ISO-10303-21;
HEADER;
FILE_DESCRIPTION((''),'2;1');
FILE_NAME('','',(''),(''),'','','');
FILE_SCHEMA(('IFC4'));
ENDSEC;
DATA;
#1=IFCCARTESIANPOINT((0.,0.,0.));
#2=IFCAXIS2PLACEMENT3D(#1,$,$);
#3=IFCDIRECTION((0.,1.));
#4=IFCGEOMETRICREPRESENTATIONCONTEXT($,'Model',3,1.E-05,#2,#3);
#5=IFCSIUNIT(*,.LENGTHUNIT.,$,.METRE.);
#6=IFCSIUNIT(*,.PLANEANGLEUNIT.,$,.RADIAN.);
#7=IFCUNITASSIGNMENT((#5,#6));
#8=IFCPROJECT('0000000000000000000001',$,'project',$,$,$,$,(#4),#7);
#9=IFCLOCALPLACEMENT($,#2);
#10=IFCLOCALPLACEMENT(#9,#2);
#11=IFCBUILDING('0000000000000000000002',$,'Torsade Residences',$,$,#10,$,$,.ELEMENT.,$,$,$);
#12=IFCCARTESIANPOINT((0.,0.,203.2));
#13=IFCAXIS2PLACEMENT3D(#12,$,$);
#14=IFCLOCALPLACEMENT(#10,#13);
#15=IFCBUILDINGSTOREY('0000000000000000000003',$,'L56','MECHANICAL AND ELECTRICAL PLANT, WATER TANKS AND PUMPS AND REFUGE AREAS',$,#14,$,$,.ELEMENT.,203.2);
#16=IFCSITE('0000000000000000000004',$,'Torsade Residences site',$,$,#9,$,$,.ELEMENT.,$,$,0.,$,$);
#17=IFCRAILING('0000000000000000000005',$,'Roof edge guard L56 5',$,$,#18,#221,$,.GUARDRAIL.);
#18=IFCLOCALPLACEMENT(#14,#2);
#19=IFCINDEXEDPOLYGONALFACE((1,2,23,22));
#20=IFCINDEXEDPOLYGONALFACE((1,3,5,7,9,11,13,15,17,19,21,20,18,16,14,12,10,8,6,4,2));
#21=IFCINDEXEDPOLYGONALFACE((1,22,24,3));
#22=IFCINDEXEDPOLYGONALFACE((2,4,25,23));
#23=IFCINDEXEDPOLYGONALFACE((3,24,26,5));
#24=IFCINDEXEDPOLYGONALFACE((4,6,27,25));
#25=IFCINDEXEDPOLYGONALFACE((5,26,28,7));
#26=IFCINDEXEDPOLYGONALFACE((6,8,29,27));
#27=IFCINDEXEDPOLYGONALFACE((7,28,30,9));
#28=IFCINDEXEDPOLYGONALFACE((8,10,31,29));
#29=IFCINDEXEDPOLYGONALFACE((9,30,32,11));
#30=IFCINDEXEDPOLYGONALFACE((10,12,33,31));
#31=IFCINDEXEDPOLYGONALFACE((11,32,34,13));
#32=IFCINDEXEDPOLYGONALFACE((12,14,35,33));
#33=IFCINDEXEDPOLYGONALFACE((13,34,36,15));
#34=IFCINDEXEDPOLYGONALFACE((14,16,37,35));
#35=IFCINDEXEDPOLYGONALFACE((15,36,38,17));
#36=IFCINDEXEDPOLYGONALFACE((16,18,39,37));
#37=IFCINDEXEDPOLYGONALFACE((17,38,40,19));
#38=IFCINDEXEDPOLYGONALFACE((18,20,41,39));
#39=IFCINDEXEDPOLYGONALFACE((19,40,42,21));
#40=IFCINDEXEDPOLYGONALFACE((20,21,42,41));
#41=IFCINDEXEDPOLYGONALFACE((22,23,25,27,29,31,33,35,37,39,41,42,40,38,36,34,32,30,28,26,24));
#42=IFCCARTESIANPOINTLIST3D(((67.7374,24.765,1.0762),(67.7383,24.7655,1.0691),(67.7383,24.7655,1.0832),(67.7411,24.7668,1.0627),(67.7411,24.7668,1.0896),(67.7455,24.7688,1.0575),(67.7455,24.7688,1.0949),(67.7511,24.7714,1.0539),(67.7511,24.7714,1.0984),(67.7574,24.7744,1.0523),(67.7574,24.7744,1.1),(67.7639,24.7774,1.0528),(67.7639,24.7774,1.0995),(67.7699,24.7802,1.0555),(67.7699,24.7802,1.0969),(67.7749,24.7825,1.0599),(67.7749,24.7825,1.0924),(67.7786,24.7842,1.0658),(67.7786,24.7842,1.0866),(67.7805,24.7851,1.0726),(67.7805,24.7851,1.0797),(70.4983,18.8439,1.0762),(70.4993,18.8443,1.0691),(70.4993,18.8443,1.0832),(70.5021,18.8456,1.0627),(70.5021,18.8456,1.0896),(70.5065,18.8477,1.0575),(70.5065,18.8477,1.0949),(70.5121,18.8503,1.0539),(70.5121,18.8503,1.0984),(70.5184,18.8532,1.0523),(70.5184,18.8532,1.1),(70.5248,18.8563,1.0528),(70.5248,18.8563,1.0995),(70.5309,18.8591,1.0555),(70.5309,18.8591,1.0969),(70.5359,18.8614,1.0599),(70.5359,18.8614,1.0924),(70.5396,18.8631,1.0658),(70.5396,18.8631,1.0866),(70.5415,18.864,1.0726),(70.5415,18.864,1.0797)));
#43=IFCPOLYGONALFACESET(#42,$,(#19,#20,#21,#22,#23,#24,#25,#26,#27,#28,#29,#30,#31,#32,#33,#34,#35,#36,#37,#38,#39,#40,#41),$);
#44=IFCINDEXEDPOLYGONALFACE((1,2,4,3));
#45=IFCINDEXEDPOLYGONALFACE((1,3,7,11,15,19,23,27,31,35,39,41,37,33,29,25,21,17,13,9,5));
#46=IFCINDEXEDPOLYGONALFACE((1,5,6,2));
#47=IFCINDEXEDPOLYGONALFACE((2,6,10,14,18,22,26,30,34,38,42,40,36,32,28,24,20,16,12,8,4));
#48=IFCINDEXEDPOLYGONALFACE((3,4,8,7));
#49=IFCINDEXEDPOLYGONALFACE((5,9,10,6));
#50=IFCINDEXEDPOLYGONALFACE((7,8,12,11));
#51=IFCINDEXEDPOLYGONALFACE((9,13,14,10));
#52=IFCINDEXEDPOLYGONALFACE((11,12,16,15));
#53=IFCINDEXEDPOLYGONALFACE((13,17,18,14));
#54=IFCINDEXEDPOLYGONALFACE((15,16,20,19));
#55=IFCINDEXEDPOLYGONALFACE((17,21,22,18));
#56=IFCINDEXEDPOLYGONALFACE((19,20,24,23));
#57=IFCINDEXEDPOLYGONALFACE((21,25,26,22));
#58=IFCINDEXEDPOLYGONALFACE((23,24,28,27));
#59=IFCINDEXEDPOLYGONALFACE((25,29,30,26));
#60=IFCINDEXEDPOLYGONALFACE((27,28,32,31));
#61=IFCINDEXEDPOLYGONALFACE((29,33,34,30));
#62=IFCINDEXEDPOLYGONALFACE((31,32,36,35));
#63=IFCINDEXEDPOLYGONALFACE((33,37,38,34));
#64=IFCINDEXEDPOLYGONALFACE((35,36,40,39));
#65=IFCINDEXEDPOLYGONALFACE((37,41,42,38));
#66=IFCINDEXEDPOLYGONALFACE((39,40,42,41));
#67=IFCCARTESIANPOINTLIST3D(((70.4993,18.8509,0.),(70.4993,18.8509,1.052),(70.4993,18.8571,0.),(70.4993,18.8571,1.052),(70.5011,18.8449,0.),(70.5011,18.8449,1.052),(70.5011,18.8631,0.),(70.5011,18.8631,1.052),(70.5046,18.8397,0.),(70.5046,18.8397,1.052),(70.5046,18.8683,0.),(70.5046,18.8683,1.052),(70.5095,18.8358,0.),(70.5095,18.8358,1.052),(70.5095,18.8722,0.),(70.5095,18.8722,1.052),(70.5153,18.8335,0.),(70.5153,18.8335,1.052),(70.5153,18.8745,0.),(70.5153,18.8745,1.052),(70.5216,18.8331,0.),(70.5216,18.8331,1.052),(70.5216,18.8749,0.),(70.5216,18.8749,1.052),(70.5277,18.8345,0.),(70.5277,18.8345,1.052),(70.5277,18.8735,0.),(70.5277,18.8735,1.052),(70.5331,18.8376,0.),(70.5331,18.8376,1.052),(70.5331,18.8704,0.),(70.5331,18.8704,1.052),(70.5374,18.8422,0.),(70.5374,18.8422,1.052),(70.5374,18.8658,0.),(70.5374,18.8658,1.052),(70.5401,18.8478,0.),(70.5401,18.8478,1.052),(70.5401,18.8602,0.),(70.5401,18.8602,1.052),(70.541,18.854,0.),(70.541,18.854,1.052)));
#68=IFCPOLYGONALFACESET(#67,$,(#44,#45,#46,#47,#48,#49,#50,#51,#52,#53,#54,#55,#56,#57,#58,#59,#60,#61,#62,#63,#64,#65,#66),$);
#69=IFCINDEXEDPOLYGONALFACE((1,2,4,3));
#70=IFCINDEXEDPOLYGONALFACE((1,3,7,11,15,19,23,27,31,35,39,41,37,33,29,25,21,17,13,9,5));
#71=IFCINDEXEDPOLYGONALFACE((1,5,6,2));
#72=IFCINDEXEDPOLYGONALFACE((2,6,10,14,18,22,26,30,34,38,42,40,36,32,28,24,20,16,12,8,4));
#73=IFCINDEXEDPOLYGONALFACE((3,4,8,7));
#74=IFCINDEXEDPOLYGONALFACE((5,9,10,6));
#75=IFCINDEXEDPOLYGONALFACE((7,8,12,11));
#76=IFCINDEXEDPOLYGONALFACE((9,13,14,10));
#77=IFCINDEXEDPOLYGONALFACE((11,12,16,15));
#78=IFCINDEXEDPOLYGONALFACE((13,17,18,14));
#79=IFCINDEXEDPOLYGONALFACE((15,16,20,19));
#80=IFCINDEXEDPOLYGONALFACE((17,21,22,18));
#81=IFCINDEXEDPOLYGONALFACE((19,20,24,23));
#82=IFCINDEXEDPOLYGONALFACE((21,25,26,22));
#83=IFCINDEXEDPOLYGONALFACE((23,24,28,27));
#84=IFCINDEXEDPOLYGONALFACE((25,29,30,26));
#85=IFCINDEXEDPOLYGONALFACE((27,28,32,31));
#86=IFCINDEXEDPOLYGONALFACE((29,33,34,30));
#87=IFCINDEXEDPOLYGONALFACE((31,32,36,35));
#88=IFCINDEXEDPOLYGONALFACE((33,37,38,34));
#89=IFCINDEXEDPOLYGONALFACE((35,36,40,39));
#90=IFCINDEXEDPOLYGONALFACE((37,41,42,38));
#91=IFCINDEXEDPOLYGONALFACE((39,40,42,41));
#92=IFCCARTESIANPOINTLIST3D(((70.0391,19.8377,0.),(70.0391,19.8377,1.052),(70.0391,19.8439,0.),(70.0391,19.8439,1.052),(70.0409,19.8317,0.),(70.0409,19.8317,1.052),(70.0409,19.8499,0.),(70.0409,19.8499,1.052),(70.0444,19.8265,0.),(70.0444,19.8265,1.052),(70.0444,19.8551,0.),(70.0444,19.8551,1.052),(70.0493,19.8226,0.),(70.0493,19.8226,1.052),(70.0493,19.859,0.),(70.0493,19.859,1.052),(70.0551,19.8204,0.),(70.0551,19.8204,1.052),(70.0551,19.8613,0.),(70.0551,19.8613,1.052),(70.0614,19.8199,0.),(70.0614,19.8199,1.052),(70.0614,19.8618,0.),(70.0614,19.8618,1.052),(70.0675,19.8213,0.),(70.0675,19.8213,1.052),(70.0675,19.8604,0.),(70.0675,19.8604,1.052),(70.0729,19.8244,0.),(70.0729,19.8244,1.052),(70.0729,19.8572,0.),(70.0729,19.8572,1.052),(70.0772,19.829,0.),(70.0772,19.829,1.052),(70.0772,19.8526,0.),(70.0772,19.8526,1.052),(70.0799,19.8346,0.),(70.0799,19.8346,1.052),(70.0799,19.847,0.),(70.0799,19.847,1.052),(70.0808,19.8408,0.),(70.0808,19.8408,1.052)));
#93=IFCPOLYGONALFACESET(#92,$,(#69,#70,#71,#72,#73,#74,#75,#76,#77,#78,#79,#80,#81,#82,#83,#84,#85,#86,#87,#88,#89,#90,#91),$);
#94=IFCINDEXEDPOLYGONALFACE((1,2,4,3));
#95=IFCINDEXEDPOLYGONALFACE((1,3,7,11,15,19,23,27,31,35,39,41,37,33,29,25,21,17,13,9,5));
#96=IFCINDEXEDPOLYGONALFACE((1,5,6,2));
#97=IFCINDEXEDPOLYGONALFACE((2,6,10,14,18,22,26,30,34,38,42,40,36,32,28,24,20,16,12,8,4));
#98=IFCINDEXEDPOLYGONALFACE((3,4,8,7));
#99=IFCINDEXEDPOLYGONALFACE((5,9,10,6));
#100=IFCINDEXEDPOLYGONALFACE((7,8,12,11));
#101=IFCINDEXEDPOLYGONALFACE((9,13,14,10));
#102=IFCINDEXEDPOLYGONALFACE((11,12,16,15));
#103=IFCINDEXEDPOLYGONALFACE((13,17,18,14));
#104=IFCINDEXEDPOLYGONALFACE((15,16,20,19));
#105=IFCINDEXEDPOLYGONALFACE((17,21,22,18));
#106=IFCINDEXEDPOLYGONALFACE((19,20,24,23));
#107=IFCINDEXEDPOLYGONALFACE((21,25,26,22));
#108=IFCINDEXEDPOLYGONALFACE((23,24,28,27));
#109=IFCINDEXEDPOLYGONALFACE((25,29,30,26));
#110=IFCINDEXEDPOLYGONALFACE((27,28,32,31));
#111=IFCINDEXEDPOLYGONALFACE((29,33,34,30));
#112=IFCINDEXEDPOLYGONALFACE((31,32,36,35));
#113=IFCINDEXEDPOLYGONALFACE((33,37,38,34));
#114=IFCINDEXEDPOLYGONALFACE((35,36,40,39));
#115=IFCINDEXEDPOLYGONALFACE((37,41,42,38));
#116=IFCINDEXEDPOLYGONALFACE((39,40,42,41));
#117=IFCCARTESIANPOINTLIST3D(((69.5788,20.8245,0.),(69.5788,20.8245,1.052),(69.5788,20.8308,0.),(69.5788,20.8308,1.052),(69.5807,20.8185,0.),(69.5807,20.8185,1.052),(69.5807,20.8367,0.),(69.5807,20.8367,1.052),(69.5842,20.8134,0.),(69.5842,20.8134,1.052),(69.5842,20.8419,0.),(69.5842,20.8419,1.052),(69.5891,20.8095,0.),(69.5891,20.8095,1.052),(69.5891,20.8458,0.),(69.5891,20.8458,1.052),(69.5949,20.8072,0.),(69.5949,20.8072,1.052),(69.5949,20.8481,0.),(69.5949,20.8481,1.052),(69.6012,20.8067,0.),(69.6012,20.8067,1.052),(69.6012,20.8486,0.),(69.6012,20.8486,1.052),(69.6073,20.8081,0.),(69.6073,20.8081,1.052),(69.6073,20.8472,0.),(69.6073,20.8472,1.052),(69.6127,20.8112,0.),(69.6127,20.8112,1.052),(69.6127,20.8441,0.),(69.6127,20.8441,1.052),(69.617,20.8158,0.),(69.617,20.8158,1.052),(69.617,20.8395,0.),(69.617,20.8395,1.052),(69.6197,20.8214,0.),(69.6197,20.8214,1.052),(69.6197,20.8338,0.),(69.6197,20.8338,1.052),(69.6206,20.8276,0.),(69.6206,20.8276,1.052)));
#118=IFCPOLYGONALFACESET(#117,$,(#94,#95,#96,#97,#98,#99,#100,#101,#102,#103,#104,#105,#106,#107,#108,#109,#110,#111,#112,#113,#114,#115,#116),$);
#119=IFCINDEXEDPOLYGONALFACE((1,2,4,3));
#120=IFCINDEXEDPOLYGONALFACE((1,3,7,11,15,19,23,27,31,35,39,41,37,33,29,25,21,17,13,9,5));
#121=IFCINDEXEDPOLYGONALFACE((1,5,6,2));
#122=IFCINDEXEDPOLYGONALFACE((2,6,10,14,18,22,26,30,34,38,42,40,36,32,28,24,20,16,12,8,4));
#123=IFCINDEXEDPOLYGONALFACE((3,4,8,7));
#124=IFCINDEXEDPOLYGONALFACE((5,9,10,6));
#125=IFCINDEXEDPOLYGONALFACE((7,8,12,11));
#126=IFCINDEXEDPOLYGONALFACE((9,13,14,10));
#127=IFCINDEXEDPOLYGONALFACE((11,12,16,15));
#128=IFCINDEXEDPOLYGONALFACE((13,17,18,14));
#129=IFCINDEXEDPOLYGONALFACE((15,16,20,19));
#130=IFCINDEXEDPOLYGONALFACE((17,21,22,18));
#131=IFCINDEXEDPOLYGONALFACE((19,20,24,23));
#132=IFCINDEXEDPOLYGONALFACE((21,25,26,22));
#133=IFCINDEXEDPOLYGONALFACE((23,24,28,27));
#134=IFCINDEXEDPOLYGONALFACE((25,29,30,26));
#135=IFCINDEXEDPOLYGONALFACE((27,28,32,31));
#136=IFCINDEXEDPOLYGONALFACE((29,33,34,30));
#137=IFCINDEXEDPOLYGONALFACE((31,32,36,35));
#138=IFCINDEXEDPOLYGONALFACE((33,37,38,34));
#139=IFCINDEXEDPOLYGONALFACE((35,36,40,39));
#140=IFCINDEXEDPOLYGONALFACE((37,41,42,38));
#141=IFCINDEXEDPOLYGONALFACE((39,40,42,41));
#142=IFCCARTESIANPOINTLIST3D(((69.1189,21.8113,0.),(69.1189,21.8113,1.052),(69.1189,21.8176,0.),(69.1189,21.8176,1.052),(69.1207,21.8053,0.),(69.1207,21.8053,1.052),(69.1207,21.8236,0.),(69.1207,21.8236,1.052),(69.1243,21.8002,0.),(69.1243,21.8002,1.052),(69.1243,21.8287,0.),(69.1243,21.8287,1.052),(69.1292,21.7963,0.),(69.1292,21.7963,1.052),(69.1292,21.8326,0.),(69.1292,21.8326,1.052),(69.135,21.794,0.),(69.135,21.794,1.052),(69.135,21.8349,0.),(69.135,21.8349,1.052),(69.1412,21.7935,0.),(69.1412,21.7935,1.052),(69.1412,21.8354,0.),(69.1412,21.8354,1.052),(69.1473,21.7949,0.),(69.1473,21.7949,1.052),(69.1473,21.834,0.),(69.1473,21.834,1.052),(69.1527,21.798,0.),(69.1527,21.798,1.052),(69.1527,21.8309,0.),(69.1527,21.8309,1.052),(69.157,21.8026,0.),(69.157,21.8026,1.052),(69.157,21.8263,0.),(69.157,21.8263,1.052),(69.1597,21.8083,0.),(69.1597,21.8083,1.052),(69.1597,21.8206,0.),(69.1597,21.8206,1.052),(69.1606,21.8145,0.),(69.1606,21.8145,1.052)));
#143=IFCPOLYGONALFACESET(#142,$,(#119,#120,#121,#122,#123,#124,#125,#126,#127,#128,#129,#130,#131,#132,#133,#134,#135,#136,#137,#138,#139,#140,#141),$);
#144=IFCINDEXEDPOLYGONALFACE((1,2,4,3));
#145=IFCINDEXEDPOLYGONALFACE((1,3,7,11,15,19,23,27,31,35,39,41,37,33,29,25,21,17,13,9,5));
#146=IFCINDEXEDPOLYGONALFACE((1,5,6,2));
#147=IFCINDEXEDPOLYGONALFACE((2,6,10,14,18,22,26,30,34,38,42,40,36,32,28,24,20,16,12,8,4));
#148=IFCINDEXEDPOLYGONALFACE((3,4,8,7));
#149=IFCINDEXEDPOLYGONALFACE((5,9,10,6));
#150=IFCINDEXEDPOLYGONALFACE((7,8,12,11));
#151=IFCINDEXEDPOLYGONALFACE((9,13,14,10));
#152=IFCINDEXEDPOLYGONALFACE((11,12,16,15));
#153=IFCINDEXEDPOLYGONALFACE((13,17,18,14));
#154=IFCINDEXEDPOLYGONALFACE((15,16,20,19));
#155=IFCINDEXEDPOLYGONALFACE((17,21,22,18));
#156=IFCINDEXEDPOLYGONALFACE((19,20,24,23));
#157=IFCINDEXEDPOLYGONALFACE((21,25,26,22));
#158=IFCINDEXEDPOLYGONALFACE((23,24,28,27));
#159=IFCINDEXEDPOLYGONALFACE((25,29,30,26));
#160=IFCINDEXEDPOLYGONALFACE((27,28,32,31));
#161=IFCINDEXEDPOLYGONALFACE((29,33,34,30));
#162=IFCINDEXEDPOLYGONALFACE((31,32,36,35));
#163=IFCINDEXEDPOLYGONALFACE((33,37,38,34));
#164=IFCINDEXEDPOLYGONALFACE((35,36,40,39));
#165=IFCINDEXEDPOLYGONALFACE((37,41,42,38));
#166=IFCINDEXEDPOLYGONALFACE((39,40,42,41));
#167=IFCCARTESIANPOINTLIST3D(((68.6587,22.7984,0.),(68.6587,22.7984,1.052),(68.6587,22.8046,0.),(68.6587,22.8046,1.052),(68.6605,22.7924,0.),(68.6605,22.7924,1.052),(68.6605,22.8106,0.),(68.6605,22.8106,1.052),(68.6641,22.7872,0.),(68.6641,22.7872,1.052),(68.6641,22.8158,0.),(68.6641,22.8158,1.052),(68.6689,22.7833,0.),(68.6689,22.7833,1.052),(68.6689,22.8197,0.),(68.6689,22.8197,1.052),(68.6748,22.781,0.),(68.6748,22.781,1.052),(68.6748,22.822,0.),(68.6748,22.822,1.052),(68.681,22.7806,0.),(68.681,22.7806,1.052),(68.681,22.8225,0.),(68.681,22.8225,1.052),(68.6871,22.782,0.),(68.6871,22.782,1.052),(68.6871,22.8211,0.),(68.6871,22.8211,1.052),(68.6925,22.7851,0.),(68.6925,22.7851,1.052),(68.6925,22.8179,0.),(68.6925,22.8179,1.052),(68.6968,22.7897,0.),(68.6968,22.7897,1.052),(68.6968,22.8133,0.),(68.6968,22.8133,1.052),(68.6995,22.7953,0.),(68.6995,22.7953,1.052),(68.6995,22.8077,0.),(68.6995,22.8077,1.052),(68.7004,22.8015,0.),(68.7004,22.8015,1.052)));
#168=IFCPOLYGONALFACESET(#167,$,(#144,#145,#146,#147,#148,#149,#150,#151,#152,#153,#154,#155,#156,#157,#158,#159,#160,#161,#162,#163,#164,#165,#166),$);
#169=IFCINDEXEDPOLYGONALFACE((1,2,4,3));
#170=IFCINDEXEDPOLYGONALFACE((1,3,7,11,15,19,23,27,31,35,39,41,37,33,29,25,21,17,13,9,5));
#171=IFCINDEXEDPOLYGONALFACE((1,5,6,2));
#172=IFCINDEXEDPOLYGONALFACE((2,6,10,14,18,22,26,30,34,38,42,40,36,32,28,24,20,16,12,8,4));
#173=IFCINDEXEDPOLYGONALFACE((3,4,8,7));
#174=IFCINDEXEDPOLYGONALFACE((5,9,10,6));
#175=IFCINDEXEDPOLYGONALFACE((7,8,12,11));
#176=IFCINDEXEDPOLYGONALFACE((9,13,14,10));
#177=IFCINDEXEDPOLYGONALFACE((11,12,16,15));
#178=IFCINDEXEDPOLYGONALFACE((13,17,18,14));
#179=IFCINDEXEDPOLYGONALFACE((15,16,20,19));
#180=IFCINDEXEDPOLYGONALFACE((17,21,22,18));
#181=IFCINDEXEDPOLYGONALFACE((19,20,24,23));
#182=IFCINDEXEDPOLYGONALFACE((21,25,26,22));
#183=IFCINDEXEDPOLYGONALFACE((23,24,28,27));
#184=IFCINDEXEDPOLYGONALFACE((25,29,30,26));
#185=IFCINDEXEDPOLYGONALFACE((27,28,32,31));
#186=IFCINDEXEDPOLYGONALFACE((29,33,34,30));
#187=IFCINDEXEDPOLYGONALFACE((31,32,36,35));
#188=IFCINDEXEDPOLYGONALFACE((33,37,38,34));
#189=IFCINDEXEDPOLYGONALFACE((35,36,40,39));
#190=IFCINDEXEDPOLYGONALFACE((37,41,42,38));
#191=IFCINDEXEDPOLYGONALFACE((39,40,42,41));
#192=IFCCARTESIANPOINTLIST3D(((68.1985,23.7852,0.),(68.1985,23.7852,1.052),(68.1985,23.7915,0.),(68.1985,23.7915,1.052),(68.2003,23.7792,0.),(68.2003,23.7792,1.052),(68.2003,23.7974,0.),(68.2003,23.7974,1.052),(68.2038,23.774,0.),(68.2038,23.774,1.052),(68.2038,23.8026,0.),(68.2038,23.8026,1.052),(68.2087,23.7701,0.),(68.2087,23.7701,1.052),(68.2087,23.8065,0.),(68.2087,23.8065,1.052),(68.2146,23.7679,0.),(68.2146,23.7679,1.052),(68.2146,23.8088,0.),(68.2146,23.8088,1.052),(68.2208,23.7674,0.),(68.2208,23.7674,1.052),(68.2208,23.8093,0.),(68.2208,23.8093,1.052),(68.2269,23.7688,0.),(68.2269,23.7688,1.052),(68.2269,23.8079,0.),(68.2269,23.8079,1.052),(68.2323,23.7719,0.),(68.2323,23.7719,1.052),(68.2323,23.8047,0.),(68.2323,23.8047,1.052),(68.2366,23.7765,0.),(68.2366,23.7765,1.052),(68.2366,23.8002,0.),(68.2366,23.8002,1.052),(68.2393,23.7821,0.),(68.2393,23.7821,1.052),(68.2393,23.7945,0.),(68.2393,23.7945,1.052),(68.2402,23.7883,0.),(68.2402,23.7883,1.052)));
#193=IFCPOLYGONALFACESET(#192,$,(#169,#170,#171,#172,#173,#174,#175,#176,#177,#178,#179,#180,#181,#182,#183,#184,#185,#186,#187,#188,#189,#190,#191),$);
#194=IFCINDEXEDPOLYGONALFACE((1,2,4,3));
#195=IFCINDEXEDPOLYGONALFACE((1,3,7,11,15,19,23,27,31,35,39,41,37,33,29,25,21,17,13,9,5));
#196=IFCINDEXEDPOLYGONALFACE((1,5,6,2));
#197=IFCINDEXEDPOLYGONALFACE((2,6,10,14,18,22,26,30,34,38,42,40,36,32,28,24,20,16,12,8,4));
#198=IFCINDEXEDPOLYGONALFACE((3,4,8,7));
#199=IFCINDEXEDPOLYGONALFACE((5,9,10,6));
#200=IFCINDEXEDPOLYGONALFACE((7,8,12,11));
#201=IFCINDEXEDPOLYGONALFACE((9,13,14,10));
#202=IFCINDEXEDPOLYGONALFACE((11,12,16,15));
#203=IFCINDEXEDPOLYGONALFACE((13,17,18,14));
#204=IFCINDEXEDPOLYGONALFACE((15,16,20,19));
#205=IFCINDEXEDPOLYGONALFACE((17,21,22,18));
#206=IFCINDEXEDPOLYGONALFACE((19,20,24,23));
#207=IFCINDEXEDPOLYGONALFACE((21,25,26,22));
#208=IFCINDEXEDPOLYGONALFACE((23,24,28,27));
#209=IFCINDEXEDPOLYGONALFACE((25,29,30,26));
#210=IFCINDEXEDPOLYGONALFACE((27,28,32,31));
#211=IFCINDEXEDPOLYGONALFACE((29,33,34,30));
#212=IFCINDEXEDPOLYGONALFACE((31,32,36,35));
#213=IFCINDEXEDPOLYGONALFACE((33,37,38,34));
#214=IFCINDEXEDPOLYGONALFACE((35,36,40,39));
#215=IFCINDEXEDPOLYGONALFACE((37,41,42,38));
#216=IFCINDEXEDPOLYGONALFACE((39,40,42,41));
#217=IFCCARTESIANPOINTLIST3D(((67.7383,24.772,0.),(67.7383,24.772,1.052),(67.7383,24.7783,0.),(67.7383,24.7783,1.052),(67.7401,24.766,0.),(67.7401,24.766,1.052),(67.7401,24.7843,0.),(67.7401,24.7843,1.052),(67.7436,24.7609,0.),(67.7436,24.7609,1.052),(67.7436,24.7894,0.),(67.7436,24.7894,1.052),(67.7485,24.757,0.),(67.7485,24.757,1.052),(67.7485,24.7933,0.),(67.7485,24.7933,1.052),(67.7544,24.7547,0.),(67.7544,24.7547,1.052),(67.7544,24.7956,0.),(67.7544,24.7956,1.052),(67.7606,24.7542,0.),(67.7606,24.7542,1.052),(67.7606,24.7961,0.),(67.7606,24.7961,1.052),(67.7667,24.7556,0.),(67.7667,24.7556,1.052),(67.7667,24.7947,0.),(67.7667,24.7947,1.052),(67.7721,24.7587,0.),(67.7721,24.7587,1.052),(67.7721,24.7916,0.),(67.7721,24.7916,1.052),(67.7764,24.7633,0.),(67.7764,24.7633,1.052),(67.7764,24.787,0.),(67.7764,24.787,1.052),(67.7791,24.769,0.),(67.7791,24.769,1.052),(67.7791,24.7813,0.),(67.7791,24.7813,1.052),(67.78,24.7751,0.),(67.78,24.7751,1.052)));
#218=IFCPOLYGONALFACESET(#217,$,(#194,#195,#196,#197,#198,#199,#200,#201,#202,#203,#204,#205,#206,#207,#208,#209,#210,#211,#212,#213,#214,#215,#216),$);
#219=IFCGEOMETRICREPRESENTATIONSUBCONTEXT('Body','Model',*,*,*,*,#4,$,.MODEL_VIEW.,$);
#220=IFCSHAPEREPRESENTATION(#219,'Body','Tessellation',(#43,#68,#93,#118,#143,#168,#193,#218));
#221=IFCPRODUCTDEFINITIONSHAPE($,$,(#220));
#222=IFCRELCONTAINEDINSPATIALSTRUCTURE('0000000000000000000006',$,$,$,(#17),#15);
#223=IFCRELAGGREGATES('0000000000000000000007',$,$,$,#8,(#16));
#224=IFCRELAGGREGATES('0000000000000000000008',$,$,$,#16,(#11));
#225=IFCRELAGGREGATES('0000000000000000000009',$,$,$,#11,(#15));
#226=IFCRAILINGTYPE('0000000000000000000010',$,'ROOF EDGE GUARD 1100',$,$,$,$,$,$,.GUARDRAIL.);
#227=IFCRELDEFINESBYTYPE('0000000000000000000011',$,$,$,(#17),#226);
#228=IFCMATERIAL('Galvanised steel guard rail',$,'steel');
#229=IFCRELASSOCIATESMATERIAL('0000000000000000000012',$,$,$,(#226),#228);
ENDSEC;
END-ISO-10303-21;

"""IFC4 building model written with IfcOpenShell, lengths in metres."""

from ifc_helpers import new_model, si_unit, direction, frame, origin, origin_2d, place, context, subcontext, project, spatial, circle, extrude, material, type_object, element, save


model = new_model("IFC4")

# Units and contexts
model_context = context("Model", 3, precision=1e-05, world=origin(), true_north=direction((0.0, 1.0)))
body_context = subcontext(model_context, "Body", "Model", "MODEL_VIEW")
ifc_project = project(units=[si_unit("LENGTHUNIT", "METRE"), si_unit("PLANEANGLEUNIT", "RADIAN")], contexts=[model_context])

# Site, building, storey
site_placement = place(None, origin())
site = spatial("IfcSite", under=ifc_project, at=site_placement, Name="Torsade Residences site", CompositionType="ELEMENT", RefElevation=0.0)
building_placement = place(site_placement, origin())
building = spatial("IfcBuilding", under=site, at=building_placement, Name="Torsade Residences", CompositionType="ELEMENT")
storey_placement = place(building_placement, frame((0.0, 0.0, 203.2)))
storey = spatial("IfcBuildingStorey", under=building, at=storey_placement, Name="L56", Description="MECHANICAL AND ELECTRICAL PLANT, WATER TANKS AND PUMPS AND REFUGE AREAS", CompositionType="ELEMENT", Elevation=203.2)

# Railing
ifc_material_1 = material(Name="Galvanised steel guard rail", Category="steel")
railing_type = type_object("IfcRailingType", Name="ROOF EDGE GUARD 1100", PredefinedType="GUARDRAIL", material=ifc_material_1)
railing_1_placement = place(storey_placement, frame((70.52, 18.854, 0.0)))
element("IfcRailing", 1, at=railing_1_placement, inside=storey, type_object=railing_type, Name="Roof edge guard L56 5", PredefinedType="GUARDRAIL", context=body_context, shape_type="SweptSolid", body=[
    extrude(circle(Radius=0.0239, at=origin_2d()), frame((0.0, 0.0, 1.0762), z_axis=(-0.422607, 0.906313, 0.0), x_axis=(-0.906313, -0.422607, 0.0)), (0.0, 0.0, 1.0), 6.5332),
    extrude(circle(Radius=0.021, at=origin_2d()), origin(), (0.0, 0.0, 1.0), 1.052),
    extrude(circle(Radius=0.021, at=origin_2d()), frame((-0.4602, 0.9868, 0.0)), (0.0, 0.0, 1.0), 1.052),
    extrude(circle(Radius=0.021, at=origin_2d()), frame((-0.9204, 1.9736, 0.0)), (0.0, 0.0, 1.0), 1.052),
    extrude(circle(Radius=0.021, at=origin_2d()), frame((-1.3804, 2.9604, 0.0)), (0.0, 0.0, 1.0), 1.052),
    extrude(circle(Radius=0.021, at=origin_2d()), frame((-1.8406, 3.9475, 0.0)), (0.0, 0.0, 1.0), 1.052),
    extrude(circle(Radius=0.021, at=origin_2d()), frame((-2.3008, 4.9343, 0.0)), (0.0, 0.0, 1.0), 1.052),
    extrude(circle(Radius=0.021, at=origin_2d()), frame((-2.761, 5.9211, 0.0)), (0.0, 0.0, 1.0), 1.052),
])

save(model, "model.ifc")
